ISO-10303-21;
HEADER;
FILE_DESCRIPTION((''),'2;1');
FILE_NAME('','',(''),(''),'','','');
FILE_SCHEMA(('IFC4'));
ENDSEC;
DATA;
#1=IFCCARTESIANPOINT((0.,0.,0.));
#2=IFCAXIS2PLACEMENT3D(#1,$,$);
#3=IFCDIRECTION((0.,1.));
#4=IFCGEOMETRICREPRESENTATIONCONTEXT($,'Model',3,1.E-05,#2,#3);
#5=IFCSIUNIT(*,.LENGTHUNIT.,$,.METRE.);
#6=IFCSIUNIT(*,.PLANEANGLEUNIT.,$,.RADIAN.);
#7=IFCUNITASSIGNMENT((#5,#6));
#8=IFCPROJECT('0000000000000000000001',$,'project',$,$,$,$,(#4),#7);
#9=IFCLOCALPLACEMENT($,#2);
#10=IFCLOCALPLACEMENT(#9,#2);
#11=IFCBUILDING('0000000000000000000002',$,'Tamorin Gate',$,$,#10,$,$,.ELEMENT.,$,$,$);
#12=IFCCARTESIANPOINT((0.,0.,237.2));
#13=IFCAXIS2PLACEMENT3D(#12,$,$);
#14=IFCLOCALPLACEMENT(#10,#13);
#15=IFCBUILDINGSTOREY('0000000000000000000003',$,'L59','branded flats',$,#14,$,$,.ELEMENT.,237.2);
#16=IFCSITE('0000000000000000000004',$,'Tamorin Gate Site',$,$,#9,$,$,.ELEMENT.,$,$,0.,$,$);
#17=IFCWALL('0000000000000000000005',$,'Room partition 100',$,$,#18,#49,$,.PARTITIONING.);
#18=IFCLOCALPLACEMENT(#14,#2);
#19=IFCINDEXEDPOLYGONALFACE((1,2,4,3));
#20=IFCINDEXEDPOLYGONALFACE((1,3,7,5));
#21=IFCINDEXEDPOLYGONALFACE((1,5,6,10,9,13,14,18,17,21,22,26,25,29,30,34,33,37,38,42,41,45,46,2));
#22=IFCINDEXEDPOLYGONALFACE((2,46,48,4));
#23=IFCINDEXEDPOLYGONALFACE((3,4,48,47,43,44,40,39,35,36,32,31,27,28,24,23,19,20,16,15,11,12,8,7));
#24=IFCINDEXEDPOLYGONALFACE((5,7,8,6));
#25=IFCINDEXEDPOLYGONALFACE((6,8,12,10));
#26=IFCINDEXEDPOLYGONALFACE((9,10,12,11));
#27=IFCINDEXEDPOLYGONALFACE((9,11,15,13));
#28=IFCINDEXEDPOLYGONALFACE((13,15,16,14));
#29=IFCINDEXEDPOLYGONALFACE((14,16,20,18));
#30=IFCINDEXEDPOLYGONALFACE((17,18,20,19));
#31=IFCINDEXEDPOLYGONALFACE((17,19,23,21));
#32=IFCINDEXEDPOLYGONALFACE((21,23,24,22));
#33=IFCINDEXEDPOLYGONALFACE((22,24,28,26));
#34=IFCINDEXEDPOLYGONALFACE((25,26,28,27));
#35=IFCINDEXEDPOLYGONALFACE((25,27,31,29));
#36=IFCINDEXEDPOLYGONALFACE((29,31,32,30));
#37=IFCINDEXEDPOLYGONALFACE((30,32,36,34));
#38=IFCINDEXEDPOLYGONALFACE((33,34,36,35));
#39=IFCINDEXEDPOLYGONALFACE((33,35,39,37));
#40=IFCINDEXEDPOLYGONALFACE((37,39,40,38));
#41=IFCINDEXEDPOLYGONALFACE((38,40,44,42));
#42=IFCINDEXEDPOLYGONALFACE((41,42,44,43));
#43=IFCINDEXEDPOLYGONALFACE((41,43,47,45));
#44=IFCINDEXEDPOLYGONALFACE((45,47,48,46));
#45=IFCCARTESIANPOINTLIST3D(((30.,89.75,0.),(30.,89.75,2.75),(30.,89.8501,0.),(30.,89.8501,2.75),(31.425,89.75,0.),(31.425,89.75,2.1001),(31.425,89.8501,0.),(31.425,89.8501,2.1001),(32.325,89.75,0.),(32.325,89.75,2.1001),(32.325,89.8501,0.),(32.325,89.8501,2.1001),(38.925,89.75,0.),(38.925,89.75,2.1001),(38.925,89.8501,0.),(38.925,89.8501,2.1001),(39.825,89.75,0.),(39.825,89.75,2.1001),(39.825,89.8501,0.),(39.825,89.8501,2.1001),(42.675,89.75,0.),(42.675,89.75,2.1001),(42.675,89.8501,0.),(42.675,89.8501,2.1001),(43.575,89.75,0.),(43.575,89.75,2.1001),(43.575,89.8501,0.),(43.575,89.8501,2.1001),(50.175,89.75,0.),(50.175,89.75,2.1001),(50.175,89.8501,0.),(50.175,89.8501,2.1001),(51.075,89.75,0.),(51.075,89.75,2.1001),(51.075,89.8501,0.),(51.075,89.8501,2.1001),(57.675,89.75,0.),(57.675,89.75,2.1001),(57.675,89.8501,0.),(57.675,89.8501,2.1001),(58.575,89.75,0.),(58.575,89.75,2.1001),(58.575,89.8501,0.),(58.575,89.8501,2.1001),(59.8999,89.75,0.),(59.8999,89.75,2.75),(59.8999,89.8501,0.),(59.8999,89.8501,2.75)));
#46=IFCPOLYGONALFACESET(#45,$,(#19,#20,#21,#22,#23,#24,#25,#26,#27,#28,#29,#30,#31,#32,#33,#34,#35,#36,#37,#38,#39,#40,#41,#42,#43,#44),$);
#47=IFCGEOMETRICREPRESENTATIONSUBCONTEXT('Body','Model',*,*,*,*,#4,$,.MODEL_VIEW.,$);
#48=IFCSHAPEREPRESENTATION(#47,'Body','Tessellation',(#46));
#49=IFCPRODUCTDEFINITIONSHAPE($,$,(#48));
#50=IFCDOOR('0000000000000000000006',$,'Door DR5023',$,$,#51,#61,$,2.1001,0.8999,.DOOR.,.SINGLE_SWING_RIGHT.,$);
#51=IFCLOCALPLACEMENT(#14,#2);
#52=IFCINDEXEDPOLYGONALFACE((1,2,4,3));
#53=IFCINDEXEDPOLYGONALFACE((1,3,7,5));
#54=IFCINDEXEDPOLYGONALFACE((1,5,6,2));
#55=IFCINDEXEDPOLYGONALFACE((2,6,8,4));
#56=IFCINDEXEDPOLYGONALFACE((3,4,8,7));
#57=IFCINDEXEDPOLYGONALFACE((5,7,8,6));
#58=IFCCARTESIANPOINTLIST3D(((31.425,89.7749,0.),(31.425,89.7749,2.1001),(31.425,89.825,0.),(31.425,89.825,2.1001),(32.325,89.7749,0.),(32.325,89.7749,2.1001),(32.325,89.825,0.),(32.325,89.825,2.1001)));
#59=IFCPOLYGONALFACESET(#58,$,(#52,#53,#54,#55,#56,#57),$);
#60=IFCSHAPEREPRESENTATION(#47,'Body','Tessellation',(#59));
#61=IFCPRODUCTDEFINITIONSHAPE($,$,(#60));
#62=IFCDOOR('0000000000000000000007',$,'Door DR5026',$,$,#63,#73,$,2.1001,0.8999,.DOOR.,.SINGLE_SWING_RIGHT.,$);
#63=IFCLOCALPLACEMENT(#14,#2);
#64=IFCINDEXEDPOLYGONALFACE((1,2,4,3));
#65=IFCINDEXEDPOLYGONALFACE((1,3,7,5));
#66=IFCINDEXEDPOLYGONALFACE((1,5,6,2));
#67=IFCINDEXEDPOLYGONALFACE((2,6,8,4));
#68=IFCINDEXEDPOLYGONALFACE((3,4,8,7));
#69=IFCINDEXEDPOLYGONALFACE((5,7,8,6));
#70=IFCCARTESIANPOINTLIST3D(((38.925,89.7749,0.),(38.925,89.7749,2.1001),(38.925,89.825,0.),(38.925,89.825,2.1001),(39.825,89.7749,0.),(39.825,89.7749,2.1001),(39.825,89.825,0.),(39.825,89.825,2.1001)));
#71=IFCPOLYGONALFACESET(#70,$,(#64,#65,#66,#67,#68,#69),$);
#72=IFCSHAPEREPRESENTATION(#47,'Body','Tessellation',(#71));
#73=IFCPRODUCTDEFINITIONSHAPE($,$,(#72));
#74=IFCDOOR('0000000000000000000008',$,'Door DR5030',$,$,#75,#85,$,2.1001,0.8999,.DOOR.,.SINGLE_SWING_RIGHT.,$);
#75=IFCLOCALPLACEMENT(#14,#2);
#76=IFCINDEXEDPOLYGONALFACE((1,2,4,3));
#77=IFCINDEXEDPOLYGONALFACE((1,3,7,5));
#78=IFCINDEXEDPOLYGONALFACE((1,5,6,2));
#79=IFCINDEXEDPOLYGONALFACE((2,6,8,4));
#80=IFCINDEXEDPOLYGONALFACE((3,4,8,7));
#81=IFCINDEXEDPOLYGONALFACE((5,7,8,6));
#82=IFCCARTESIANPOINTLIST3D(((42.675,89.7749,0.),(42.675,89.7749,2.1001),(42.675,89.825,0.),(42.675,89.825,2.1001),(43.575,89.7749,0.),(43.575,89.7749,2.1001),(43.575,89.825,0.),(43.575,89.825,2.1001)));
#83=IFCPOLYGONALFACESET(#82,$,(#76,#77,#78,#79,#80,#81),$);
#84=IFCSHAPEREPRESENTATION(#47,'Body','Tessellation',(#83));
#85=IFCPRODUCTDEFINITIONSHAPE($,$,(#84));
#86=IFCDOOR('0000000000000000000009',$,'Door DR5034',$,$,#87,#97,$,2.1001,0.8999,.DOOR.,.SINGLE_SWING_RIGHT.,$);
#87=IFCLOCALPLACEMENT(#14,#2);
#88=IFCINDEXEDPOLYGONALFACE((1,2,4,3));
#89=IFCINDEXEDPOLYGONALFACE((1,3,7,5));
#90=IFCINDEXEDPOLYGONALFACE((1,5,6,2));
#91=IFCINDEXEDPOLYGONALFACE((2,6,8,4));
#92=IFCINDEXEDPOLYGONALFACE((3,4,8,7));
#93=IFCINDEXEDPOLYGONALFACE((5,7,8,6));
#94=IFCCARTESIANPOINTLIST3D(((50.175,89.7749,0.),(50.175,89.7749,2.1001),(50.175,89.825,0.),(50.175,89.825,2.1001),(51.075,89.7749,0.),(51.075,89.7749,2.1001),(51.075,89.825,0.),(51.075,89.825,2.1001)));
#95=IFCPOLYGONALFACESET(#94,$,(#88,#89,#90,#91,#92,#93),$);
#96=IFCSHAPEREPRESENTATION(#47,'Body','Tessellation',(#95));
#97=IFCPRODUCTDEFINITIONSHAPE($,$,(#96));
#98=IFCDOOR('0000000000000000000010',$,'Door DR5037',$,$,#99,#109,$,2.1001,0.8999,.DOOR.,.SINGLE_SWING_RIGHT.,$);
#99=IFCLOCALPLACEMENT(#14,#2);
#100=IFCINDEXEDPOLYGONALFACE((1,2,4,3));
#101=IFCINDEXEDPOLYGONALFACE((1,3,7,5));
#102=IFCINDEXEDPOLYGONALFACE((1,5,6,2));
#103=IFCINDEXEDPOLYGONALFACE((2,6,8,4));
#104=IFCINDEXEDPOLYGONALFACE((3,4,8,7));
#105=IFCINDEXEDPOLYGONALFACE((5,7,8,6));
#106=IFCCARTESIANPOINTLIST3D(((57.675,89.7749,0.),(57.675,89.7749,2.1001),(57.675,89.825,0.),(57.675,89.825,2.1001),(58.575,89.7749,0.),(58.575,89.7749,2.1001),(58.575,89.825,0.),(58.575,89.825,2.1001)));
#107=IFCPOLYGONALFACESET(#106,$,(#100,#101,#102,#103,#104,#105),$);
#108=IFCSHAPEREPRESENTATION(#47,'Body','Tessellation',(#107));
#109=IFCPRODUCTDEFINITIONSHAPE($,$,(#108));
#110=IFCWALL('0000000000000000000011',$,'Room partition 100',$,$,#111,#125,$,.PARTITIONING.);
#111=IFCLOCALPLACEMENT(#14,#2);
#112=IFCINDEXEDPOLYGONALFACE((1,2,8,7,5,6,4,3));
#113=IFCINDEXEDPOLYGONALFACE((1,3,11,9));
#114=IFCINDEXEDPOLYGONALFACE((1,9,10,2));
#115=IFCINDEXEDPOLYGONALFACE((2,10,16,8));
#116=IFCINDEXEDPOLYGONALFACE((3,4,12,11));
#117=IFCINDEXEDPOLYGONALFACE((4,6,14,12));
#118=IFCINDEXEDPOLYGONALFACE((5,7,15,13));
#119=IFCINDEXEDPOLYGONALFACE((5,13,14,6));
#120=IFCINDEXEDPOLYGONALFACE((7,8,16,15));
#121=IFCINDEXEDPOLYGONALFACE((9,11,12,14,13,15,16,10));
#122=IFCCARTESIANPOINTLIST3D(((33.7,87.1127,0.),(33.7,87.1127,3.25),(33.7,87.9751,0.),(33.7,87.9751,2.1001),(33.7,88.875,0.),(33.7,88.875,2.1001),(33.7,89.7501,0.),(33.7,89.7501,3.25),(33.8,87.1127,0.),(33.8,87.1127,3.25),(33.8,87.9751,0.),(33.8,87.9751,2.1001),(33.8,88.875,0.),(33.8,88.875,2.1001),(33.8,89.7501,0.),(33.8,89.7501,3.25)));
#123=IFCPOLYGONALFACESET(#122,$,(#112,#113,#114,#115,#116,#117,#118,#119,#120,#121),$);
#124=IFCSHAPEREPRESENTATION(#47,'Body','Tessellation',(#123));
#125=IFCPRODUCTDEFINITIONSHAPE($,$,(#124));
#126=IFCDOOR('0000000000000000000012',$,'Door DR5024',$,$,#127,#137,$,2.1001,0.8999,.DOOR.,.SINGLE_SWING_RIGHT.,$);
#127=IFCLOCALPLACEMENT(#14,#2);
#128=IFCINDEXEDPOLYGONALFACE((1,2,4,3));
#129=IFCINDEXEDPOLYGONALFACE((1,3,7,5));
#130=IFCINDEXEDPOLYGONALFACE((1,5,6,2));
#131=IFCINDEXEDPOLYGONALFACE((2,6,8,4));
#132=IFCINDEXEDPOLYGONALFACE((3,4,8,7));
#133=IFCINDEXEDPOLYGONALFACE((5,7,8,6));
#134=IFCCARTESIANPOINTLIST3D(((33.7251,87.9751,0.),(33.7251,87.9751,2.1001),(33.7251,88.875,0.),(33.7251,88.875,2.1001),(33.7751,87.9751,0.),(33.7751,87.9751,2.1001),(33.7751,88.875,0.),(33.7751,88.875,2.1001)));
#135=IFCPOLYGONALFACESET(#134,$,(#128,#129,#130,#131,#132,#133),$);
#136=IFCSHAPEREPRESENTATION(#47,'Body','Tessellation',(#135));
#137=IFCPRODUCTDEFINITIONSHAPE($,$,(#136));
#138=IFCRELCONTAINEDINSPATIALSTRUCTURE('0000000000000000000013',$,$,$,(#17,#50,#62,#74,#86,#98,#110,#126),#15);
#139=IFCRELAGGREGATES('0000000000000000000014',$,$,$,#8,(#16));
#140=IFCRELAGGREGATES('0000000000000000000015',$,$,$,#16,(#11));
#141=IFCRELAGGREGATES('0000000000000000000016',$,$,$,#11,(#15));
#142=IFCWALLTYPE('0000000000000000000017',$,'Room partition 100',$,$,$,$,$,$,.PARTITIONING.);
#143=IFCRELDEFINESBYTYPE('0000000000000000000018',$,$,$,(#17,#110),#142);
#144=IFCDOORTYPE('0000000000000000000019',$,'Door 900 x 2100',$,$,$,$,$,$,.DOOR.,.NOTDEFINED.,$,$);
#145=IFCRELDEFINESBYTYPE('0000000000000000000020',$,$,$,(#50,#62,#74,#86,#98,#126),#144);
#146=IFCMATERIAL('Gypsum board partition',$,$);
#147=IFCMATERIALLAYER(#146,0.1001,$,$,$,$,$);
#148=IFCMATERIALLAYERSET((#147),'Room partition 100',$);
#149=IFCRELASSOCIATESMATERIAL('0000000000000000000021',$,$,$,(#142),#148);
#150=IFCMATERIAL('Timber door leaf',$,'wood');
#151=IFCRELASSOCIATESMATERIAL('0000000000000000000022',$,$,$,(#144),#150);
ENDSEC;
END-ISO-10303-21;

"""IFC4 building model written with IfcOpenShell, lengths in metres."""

from ifc_helpers import new_model, si_unit, direction, frame, frame_2d, origin, place, context, subcontext, project, spatial, rectangle, extrude, material, layer, layer_set, type_object, element, fill, save


model = new_model("IFC4")

# Units and contexts
model_context = context("Model", 3, precision=1e-05, world=origin(), true_north=direction((0.0, 1.0)))
body_context = subcontext(model_context, "Body", "Model", "MODEL_VIEW")
ifc_project = project(units=[si_unit("LENGTHUNIT", "METRE"), si_unit("PLANEANGLEUNIT", "RADIAN")], contexts=[model_context])

# Site, building, storey
site_placement = place(None, origin())
site = spatial("IfcSite", under=ifc_project, at=site_placement, Name="Tamorin Gate Site", CompositionType="ELEMENT", RefElevation=0.0)
building_placement = place(site_placement, origin())
building = spatial("IfcBuilding", under=site, at=building_placement, Name="Tamorin Gate", CompositionType="ELEMENT")
storey_placement = place(building_placement, frame((0.0, 0.0, 237.2)))
storey = spatial("IfcBuildingStorey", under=building, at=storey_placement, Name="L59", Description="branded flats", CompositionType="ELEMENT", Elevation=237.2)

# Wall, openings, doors
ifc_material_1 = material(Name="Gypsum board partition")
ifc_layer_1 = layer(ifc_material_1, 0.1001)
ifc_layer_set_1 = layer_set([ifc_layer_1], Name="Room partition 100")
wall_type_1 = type_object("IfcWallType", Name="Room partition 100", PredefinedType="PARTITIONING", material=ifc_layer_set_1)
wall_1_placement = place(storey_placement, frame((30.0, 89.8, 0.0), z_axis=(0.0, 0.0, 1.0), x_axis=(1.0, 0.0, 0.0)))
wall_1 = element("IfcWall", 1, at=wall_1_placement, inside=storey, type_object=wall_type_1, Name="Room partition 100", PredefinedType="PARTITIONING", context=body_context, shape_type="SweptSolid", body=[
    extrude(rectangle(XDim=29.8999, YDim=0.1001, at=frame_2d((14.95, 0.0))), origin(), (0.0, 0.0, 1.0), 2.75),
])
opening_1_placement = place(wall_1_placement, frame((1.425, 0.0, 0.0)))
opening_1 = element("IfcOpeningElement", 2, at=opening_1_placement, cuts=wall_1, PredefinedType="OPENING", context=body_context, shape_type="SweptSolid", body=[
    extrude(rectangle(XDim=0.8999, YDim=2.1001, at=frame_2d((0.45, 1.05))), frame((0.0, 0.0601, 0.0), z_axis=(0.0, -1.0, 0.0), x_axis=(1.0, 0.0, 0.0)), (0.0, 0.0, 1.0), 0.1201),
])
opening_2_placement = place(wall_1_placement, frame((8.925, 0.0, 0.0)))
opening_2 = element("IfcOpeningElement", 3, at=opening_2_placement, cuts=wall_1, PredefinedType="OPENING", context=body_context, shape_type="SweptSolid", body=[
    extrude(rectangle(XDim=0.8999, YDim=2.1001, at=frame_2d((0.45, 1.05))), frame((0.0, 0.0601, 0.0), z_axis=(0.0, -1.0, 0.0), x_axis=(1.0, 0.0, 0.0)), (0.0, 0.0, 1.0), 0.1201),
])
opening_3_placement = place(wall_1_placement, frame((12.675, 0.0, 0.0)))
opening_3 = element("IfcOpeningElement", 4, at=opening_3_placement, cuts=wall_1, PredefinedType="OPENING", context=body_context, shape_type="SweptSolid", body=[
    extrude(rectangle(XDim=0.8999, YDim=2.1001, at=frame_2d((0.45, 1.05))), frame((0.0, 0.0601, 0.0), z_axis=(0.0, -1.0, 0.0), x_axis=(1.0, 0.0, 0.0)), (0.0, 0.0, 1.0), 0.1201),
])
opening_4_placement = place(wall_1_placement, frame((20.175, 0.0, 0.0)))
opening_4 = element("IfcOpeningElement", 5, at=opening_4_placement, cuts=wall_1, PredefinedType="OPENING", context=body_context, shape_type="SweptSolid", body=[
    extrude(rectangle(XDim=0.8999, YDim=2.1001, at=frame_2d((0.45, 1.05))), frame((0.0, 0.0601, 0.0), z_axis=(0.0, -1.0, 0.0), x_axis=(1.0, 0.0, 0.0)), (0.0, 0.0, 1.0), 0.1201),
])
opening_5_placement = place(wall_1_placement, frame((27.675, 0.0, 0.0)))
opening_5 = element("IfcOpeningElement", 6, at=opening_5_placement, cuts=wall_1, PredefinedType="OPENING", context=body_context, shape_type="SweptSolid", body=[
    extrude(rectangle(XDim=0.8999, YDim=2.1001, at=frame_2d((0.45, 1.05))), frame((0.0, 0.0601, 0.0), z_axis=(0.0, -1.0, 0.0), x_axis=(1.0, 0.0, 0.0)), (0.0, 0.0, 1.0), 0.1201),
])
ifc_material_2 = material(Name="Timber door leaf", Category="wood")
door_type = type_object("IfcDoorType", Name="Door 900 x 2100", OperationType="NOTDEFINED", PredefinedType="DOOR", material=ifc_material_2)
door_1_placement = place(opening_1_placement, origin())
door_1 = element("IfcDoor", 7, at=door_1_placement, inside=storey, type_object=door_type, Name="Door DR5023", OperationType="SINGLE_SWING_RIGHT", OverallHeight=2.1001, OverallWidth=0.8999, PredefinedType="DOOR", context=body_context, shape_type="SweptSolid", body=[
    extrude(rectangle(XDim=0.8999, YDim=2.1001, at=frame_2d((0.45, 1.05))), frame((0.0, 0.0249, 0.0), z_axis=(0.0, -1.0, 0.0), x_axis=(1.0, 0.0, 0.0)), (0.0, 0.0, 1.0), 0.05),
])
fill(opening_1, door_1)
door_2_placement = place(opening_2_placement, origin())
door_2 = element("IfcDoor", 8, at=door_2_placement, inside=storey, type_object=door_type, Name="Door DR5026", OperationType="SINGLE_SWING_RIGHT", OverallHeight=2.1001, OverallWidth=0.8999, PredefinedType="DOOR", context=body_context, shape_type="SweptSolid", body=[
    extrude(rectangle(XDim=0.8999, YDim=2.1001, at=frame_2d((0.45, 1.05))), frame((0.0, 0.0249, 0.0), z_axis=(0.0, -1.0, 0.0), x_axis=(1.0, 0.0, 0.0)), (0.0, 0.0, 1.0), 0.05),
])
fill(opening_2, door_2)
door_3_placement = place(opening_3_placement, origin())
door_3 = element("IfcDoor", 9, at=door_3_placement, inside=storey, type_object=door_type, Name="Door DR5030", OperationType="SINGLE_SWING_RIGHT", OverallHeight=2.1001, OverallWidth=0.8999, PredefinedType="DOOR", context=body_context, shape_type="SweptSolid", body=[
    extrude(rectangle(XDim=0.8999, YDim=2.1001, at=frame_2d((0.45, 1.05))), frame((0.0, 0.0249, 0.0), z_axis=(0.0, -1.0, 0.0), x_axis=(1.0, 0.0, 0.0)), (0.0, 0.0, 1.0), 0.05),
])
fill(opening_3, door_3)
door_4_placement = place(opening_4_placement, origin())
door_4 = element("IfcDoor", 10, at=door_4_placement, inside=storey, type_object=door_type, Name="Door DR5034", OperationType="SINGLE_SWING_RIGHT", OverallHeight=2.1001, OverallWidth=0.8999, PredefinedType="DOOR", context=body_context, shape_type="SweptSolid", body=[
    extrude(rectangle(XDim=0.8999, YDim=2.1001, at=frame_2d((0.45, 1.05))), frame((0.0, 0.0249, 0.0), z_axis=(0.0, -1.0, 0.0), x_axis=(1.0, 0.0, 0.0)), (0.0, 0.0, 1.0), 0.05),
])
fill(opening_4, door_4)
door_5_placement = place(opening_5_placement, origin())
door_5 = element("IfcDoor", 11, at=door_5_placement, inside=storey, type_object=door_type, Name="Door DR5037", OperationType="SINGLE_SWING_RIGHT", OverallHeight=2.1001, OverallWidth=0.8999, PredefinedType="DOOR", context=body_context, shape_type="SweptSolid", body=[
    extrude(rectangle(XDim=0.8999, YDim=2.1001, at=frame_2d((0.45, 1.05))), frame((0.0, 0.0249, 0.0), z_axis=(0.0, -1.0, 0.0), x_axis=(1.0, 0.0, 0.0)), (0.0, 0.0, 1.0), 0.05),
])
fill(opening_5, door_5)

# Wall, opening, door
wall_2_placement = place(storey_placement, frame((33.75, 87.1125, 0.0), z_axis=(0.0, 0.0, 1.0), x_axis=(0.0, 1.0, 0.0)))
wall_2 = element("IfcWall", 12, at=wall_2_placement, inside=storey, type_object=wall_type_1, Name="Room partition 100", PredefinedType="PARTITIONING", context=body_context, shape_type="SweptSolid", body=[
    extrude(rectangle(XDim=2.6375, YDim=0.1001, at=frame_2d((1.3188, 0.0))), origin(), (0.0, 0.0, 1.0), 3.25),
])
opening_6_placement = place(wall_2_placement, frame((0.8625, 0.0, 0.0)))
opening_6 = element("IfcOpeningElement", 13, at=opening_6_placement, cuts=wall_2, PredefinedType="OPENING", context=body_context, shape_type="SweptSolid", body=[
    extrude(rectangle(XDim=0.8999, YDim=2.1001, at=frame_2d((0.45, 1.05))), frame((0.0, 0.0601, 0.0), z_axis=(0.0, -1.0, 0.0), x_axis=(1.0, 0.0, 0.0)), (0.0, 0.0, 1.0), 0.1201),
])
door_6_placement = place(opening_6_placement, origin())
door_6 = element("IfcDoor", 14, at=door_6_placement, inside=storey, type_object=door_type, Name="Door DR5024", OperationType="SINGLE_SWING_RIGHT", OverallHeight=2.1001, OverallWidth=0.8999, PredefinedType="DOOR", context=body_context, shape_type="SweptSolid", body=[
    extrude(rectangle(XDim=0.8999, YDim=2.1001, at=frame_2d((0.45, 1.05))), frame((0.0, 0.0249, 0.0), z_axis=(0.0, -1.0, 0.0), x_axis=(1.0, 0.0, 0.0)), (0.0, 0.0, 1.0), 0.05),
])
fill(opening_6, door_6)

save(model, "model.ifc")
